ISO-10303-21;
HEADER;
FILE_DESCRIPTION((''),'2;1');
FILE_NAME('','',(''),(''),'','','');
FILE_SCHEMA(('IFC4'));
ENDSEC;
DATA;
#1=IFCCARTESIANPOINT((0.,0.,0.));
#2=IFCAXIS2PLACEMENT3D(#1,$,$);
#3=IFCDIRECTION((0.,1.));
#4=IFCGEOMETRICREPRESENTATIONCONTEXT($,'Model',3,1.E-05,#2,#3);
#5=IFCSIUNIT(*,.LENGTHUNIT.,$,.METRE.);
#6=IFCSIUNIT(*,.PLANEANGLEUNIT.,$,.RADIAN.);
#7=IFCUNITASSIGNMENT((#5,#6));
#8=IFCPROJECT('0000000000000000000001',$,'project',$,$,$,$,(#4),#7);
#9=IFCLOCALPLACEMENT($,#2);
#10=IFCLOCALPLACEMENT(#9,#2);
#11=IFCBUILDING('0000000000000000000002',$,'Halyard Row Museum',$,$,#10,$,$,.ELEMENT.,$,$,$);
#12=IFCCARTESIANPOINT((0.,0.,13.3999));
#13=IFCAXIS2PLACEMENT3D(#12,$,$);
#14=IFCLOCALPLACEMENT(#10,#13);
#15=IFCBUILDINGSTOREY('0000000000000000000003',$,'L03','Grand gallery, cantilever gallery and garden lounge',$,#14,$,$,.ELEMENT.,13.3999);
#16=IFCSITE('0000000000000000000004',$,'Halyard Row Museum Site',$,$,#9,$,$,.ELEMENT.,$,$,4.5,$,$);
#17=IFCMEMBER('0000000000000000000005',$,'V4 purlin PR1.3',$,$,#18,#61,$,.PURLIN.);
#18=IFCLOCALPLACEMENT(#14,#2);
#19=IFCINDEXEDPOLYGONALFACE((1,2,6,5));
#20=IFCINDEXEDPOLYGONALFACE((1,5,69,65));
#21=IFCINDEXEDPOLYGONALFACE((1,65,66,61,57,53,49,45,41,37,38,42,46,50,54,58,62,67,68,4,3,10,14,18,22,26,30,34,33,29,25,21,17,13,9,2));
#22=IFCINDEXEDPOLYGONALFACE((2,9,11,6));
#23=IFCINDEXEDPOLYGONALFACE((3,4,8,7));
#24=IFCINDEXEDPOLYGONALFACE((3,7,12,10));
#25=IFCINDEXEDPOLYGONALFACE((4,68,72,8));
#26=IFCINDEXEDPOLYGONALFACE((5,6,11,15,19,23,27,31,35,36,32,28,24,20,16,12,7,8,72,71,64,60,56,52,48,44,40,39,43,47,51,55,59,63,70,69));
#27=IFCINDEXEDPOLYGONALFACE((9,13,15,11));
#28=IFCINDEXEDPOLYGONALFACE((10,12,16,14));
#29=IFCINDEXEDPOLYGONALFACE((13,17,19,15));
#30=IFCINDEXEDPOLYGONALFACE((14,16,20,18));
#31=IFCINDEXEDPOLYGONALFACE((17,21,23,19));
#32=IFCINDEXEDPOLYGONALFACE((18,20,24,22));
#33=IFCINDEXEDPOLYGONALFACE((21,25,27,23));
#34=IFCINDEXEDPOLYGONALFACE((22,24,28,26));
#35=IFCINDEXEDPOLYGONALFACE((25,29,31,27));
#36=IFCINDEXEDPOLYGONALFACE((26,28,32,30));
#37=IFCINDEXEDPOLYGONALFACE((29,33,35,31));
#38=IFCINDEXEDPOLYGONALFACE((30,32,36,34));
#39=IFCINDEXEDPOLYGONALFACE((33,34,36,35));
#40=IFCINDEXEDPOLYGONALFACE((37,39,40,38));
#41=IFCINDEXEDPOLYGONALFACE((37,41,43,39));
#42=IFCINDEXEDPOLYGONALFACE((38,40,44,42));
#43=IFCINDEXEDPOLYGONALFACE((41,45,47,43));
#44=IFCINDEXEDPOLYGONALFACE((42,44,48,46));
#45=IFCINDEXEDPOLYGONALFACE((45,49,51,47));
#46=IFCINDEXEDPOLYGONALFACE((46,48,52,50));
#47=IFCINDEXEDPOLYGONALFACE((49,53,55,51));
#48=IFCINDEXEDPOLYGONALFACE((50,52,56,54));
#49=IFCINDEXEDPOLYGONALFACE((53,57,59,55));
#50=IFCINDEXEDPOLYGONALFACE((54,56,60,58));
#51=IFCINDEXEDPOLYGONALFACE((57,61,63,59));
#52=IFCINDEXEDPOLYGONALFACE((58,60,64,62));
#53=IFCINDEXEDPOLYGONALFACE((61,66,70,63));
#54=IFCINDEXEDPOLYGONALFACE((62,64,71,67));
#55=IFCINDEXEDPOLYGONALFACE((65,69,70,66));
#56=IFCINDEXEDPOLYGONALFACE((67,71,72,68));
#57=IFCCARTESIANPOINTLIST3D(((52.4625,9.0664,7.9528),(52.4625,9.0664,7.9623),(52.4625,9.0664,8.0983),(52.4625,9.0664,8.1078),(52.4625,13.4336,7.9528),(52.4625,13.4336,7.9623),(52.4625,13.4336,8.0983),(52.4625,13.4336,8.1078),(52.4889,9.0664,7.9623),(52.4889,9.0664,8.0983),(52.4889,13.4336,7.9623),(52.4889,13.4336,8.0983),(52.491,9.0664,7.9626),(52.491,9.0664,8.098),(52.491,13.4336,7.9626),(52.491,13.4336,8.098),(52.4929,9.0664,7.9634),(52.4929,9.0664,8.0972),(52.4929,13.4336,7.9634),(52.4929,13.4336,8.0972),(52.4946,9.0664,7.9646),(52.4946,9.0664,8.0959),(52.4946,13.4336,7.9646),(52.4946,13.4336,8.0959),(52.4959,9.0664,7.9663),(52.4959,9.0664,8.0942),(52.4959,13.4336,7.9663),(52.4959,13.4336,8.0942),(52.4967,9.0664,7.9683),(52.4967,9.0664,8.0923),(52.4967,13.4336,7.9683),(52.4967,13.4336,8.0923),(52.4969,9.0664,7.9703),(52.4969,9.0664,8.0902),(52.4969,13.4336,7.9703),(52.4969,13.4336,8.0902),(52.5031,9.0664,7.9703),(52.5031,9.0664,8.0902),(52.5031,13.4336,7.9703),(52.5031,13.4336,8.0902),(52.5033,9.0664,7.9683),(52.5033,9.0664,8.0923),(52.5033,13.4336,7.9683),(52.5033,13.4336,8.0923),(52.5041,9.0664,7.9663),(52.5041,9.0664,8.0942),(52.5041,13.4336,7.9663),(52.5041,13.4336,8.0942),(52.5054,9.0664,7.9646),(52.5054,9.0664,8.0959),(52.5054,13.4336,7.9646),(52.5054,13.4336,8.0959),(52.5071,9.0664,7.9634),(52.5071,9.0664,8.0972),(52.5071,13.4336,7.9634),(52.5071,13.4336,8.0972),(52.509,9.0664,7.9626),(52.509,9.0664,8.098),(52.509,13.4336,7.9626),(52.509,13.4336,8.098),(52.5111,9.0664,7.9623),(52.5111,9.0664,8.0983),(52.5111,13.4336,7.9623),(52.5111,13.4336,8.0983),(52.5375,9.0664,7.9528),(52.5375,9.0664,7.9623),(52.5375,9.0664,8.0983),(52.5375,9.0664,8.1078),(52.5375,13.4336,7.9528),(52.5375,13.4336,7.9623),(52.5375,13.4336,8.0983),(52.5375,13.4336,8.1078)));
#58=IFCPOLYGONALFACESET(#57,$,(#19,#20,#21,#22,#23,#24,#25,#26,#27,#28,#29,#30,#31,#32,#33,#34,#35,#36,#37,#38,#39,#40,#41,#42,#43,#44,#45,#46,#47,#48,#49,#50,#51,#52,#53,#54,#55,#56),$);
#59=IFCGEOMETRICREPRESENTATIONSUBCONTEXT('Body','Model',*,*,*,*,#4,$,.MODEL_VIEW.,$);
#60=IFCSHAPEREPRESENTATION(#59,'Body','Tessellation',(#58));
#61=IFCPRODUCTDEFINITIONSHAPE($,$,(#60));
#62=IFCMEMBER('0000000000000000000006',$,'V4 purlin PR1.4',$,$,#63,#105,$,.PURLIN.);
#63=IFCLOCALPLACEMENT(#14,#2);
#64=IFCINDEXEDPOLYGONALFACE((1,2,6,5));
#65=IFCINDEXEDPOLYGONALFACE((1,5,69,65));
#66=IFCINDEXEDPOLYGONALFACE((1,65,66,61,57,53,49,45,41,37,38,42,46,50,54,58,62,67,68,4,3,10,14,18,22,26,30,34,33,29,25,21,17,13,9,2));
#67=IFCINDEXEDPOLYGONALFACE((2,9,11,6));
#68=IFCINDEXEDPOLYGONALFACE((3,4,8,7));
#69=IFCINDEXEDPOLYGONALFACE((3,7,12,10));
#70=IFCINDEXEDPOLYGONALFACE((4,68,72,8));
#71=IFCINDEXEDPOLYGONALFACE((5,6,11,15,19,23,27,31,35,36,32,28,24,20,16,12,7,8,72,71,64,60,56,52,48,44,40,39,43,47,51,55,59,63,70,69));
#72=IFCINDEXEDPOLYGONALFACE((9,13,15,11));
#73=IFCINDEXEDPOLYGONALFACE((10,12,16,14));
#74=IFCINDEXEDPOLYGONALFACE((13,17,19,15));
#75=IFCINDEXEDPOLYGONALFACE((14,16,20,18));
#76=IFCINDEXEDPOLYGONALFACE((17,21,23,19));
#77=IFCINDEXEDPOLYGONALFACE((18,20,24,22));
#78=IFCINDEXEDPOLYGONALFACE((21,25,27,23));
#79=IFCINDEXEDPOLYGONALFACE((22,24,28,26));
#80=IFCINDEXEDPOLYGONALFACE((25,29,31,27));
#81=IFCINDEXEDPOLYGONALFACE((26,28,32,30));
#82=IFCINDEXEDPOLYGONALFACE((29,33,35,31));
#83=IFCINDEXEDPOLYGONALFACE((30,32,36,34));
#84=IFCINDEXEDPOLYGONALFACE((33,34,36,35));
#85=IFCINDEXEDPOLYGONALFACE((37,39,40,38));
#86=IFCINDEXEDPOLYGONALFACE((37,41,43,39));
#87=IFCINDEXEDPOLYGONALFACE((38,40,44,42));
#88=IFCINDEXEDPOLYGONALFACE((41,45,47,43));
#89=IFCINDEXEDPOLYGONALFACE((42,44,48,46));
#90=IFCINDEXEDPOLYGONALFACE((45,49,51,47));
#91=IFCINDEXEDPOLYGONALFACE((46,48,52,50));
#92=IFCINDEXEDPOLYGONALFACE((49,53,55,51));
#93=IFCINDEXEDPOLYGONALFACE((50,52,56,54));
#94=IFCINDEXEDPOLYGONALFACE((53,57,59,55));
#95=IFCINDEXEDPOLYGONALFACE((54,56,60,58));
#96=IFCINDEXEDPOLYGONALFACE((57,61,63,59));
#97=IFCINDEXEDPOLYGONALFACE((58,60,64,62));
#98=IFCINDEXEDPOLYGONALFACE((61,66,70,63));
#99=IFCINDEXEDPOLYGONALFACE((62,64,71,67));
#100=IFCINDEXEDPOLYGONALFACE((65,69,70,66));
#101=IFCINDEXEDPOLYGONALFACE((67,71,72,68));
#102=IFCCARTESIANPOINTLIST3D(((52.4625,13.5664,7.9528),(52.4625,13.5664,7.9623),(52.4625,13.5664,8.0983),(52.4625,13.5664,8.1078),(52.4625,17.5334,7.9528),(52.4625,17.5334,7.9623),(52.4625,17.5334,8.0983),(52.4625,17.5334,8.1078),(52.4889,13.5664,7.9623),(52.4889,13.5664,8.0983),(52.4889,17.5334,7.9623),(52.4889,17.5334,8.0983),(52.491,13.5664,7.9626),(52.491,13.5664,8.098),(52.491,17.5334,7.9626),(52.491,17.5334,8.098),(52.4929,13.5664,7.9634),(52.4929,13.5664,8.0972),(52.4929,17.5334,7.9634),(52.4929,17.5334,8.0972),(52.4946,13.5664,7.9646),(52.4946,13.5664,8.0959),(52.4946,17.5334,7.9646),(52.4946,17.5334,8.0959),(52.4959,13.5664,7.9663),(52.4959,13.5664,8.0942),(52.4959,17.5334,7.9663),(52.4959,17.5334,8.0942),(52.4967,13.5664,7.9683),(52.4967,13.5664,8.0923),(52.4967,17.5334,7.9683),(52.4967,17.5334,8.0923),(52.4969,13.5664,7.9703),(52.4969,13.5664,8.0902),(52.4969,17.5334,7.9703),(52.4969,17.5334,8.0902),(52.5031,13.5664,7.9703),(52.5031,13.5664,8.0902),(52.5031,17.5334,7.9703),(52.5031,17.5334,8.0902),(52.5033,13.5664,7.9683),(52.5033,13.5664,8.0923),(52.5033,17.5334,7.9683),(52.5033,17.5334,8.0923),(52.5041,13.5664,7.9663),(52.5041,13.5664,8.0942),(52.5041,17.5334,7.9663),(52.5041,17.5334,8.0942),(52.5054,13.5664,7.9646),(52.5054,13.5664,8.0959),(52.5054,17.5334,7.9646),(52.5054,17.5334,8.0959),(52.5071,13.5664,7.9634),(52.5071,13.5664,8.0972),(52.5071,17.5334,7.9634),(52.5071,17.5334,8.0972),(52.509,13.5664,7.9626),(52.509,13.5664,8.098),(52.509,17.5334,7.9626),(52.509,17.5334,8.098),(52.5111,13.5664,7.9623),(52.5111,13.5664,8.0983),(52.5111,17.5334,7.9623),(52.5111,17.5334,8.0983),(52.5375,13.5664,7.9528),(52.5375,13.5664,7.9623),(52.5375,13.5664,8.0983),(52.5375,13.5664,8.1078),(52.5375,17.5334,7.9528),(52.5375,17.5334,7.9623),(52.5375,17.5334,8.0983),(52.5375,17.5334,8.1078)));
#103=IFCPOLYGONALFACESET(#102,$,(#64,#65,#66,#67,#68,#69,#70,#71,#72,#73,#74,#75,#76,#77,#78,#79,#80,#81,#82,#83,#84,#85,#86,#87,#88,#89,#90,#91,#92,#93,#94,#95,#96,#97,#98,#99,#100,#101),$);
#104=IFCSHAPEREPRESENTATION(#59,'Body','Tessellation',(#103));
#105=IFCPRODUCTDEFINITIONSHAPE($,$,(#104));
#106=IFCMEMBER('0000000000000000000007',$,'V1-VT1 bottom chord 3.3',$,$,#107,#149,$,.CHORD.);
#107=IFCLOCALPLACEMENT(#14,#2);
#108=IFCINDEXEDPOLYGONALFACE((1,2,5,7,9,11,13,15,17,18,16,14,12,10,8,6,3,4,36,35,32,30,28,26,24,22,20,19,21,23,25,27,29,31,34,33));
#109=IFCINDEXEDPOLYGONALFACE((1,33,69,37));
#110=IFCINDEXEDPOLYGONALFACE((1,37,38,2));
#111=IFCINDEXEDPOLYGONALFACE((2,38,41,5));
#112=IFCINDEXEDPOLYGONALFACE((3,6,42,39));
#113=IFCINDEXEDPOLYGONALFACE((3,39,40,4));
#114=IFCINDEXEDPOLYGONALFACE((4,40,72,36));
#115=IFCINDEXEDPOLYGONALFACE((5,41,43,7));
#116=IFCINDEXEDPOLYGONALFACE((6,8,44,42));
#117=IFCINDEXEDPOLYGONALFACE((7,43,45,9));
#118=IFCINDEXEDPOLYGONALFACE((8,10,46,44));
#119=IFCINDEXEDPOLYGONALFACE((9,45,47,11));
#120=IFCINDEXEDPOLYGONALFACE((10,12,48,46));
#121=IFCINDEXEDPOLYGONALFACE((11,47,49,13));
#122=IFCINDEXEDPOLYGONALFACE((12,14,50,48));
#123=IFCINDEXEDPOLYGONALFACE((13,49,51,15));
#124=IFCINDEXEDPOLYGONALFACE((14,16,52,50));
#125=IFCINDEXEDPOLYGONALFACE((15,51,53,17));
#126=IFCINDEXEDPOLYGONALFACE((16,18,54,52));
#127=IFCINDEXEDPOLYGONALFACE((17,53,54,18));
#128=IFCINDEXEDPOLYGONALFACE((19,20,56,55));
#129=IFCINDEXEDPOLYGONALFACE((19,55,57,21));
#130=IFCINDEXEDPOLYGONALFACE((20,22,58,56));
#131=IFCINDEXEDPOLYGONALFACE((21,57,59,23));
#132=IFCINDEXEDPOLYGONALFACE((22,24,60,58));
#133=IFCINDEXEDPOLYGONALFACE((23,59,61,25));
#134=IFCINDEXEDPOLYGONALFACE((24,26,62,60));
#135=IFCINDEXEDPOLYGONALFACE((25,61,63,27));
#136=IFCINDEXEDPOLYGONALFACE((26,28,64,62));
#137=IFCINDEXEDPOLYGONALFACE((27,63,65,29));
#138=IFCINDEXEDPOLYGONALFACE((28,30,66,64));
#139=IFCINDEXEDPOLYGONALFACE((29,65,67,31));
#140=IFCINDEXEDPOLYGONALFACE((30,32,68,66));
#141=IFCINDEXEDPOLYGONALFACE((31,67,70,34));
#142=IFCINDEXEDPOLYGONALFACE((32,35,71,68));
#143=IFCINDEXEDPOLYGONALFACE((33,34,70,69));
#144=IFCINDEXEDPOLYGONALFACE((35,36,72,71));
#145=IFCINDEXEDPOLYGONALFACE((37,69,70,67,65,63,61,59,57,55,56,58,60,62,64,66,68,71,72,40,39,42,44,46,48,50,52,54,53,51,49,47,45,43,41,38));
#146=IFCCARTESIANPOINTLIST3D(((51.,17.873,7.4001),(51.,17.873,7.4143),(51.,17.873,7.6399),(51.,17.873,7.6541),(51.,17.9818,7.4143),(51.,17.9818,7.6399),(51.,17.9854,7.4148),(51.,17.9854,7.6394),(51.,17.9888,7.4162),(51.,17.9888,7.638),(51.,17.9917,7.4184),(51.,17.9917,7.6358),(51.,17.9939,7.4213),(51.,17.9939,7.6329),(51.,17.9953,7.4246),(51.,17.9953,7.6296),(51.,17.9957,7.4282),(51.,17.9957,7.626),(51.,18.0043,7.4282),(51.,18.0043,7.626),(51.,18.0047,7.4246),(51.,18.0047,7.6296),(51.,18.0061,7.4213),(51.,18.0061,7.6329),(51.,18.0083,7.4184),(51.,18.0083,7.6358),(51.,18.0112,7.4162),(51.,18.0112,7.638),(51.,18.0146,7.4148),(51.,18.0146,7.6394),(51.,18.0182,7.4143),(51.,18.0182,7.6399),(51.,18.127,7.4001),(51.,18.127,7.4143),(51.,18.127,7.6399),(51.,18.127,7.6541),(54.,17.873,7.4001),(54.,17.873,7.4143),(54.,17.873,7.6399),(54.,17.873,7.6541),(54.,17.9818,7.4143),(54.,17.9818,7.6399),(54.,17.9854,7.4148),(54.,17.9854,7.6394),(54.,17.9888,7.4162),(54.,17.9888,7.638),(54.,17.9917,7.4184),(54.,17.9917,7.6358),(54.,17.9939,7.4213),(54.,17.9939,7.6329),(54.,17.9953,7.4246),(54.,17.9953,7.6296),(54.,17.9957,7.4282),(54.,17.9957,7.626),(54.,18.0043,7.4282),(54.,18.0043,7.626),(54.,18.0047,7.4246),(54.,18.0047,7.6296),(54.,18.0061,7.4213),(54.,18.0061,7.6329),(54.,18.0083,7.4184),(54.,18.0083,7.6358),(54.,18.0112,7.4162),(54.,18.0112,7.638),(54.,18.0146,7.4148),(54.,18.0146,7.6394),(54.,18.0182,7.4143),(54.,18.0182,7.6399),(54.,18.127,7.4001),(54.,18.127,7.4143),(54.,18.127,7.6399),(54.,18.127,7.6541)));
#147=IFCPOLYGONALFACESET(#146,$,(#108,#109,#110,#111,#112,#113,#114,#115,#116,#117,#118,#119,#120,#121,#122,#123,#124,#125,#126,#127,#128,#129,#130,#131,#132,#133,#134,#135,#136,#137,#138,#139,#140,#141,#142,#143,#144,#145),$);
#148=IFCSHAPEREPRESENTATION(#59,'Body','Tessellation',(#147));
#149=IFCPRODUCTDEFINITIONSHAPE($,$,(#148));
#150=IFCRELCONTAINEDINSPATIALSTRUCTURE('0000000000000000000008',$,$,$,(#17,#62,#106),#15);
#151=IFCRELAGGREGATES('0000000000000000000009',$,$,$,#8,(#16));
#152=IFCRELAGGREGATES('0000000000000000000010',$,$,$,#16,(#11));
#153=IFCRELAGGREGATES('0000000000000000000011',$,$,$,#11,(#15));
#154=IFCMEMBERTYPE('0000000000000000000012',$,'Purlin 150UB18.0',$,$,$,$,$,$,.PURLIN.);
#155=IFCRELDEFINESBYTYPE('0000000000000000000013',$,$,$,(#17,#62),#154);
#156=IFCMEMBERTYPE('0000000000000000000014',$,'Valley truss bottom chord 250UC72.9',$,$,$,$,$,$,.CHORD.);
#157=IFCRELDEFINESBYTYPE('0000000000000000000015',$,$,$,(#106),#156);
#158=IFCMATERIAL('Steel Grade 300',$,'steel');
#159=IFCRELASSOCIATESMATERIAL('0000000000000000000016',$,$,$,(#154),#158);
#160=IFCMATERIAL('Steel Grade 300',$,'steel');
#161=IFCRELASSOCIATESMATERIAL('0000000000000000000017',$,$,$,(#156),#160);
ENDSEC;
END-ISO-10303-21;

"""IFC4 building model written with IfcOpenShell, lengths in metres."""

from ifc_helpers import new_model, si_unit, direction, frame, origin, origin_2d, place, context, subcontext, project, spatial, i_section, extrude, material, material_profile, profile_set, type_object, element, save


model = new_model("IFC4")

# Units and contexts
model_context = context("Model", 3, precision=1e-05, world=origin(), true_north=direction((0.0, 1.0)))
body_context = subcontext(model_context, "Body", "Model", "MODEL_VIEW")
ifc_project = project(units=[si_unit("LENGTHUNIT", "METRE"), si_unit("PLANEANGLEUNIT", "RADIAN")], contexts=[model_context])

# Site, building, storey
site_placement = place(None, origin())
site = spatial("IfcSite", under=ifc_project, at=site_placement, Name="Halyard Row Museum Site", CompositionType="ELEMENT", RefElevation=4.5)
building_placement = place(site_placement, origin())
building = spatial("IfcBuilding", under=site, at=building_placement, Name="Halyard Row Museum", CompositionType="ELEMENT")
storey_placement = place(building_placement, frame((0.0, 0.0, 13.3999)))
storey = spatial("IfcBuildingStorey", under=building, at=storey_placement, Name="L03", Description="Grand gallery, cantilever gallery and garden lounge", CompositionType="ELEMENT", Elevation=13.3999)

# Members
ifc_material_1 = material(Name="Steel Grade 300", Category="steel")
ifc_material_profile_1 = material_profile(ifc_material_1, i_section(OverallWidth=0.075, OverallDepth=0.155, WebThickness=0.0061, FlangeThickness=0.0095, FilletRadius=0.0081, at=origin_2d()), Name="150UB18.0")
ifc_profile_set_1 = profile_set([ifc_material_profile_1], Name="Steel Grade 300")
member_type_1 = type_object("IfcMemberType", Name="Purlin 150UB18.0", PredefinedType="PURLIN", material=ifc_profile_set_1)
for number, where, z_axis, x_axis, name in (
    (1, (52.5, 9.0664, 8.0303), (0.0, 1.0, 0.0), (-1.0, 0.0, 0.0), "V4 purlin PR1.3"),
):
    element("IfcMember", number, at=place(storey_placement, frame(where, z_axis=z_axis, x_axis=x_axis)), inside=storey, type_object=member_type_1, Name=name, PredefinedType="PURLIN", context=body_context, shape_type="SweptSolid", body=[
        extrude(i_section(OverallWidth=0.075, OverallDepth=0.155, WebThickness=0.0061, FlangeThickness=0.0095, FilletRadius=0.0081, at=origin_2d()), origin(), (0.0, 0.0, 1.0), 4.3672),
    ])
member_1_placement = place(storey_placement, frame((52.5, 13.5664, 8.0303), z_axis=(0.0, 1.0, 0.0), x_axis=(-1.0, 0.0, 0.0)))
element("IfcMember", 2, at=member_1_placement, inside=storey, type_object=member_type_1, Name="V4 purlin PR1.4", PredefinedType="PURLIN", context=body_context, shape_type="SweptSolid", body=[
    extrude(i_section(OverallWidth=0.075, OverallDepth=0.155, WebThickness=0.0061, FlangeThickness=0.0095, FilletRadius=0.0081, at=origin_2d()), origin(), (0.0, 0.0, 1.0), 3.967),
])
ifc_material_2 = material(Name="Steel Grade 300", Category="steel")
ifc_material_profile_2 = material_profile(ifc_material_2, i_section(OverallWidth=0.2539, OverallDepth=0.2539, WebThickness=0.0085, FlangeThickness=0.0142, FilletRadius=0.0139, at=origin_2d()), Name="250UC72.9")
ifc_profile_set_2 = profile_set([ifc_material_profile_2], Name="Steel Grade 300")
member_type_2 = type_object("IfcMemberType", Name="Valley truss bottom chord 250UC72.9", PredefinedType="CHORD", material=ifc_profile_set_2)
member_2_placement = place(storey_placement, frame((51.0, 18.0, 7.5271), z_axis=(1.0, 0.0, 0.0), x_axis=(0.0, 1.0, 0.0)))
element("IfcMember", 3, at=member_2_placement, inside=storey, type_object=member_type_2, Name="V1-VT1 bottom chord 3.3", PredefinedType="CHORD", context=body_context, shape_type="SweptSolid", body=[
    extrude(i_section(OverallWidth=0.2539, OverallDepth=0.2539, WebThickness=0.0085, FlangeThickness=0.0142, FilletRadius=0.0139, at=origin_2d()), origin(), (0.0, 0.0, 1.0), 3.0),
])

save(model, "model.ifc")
